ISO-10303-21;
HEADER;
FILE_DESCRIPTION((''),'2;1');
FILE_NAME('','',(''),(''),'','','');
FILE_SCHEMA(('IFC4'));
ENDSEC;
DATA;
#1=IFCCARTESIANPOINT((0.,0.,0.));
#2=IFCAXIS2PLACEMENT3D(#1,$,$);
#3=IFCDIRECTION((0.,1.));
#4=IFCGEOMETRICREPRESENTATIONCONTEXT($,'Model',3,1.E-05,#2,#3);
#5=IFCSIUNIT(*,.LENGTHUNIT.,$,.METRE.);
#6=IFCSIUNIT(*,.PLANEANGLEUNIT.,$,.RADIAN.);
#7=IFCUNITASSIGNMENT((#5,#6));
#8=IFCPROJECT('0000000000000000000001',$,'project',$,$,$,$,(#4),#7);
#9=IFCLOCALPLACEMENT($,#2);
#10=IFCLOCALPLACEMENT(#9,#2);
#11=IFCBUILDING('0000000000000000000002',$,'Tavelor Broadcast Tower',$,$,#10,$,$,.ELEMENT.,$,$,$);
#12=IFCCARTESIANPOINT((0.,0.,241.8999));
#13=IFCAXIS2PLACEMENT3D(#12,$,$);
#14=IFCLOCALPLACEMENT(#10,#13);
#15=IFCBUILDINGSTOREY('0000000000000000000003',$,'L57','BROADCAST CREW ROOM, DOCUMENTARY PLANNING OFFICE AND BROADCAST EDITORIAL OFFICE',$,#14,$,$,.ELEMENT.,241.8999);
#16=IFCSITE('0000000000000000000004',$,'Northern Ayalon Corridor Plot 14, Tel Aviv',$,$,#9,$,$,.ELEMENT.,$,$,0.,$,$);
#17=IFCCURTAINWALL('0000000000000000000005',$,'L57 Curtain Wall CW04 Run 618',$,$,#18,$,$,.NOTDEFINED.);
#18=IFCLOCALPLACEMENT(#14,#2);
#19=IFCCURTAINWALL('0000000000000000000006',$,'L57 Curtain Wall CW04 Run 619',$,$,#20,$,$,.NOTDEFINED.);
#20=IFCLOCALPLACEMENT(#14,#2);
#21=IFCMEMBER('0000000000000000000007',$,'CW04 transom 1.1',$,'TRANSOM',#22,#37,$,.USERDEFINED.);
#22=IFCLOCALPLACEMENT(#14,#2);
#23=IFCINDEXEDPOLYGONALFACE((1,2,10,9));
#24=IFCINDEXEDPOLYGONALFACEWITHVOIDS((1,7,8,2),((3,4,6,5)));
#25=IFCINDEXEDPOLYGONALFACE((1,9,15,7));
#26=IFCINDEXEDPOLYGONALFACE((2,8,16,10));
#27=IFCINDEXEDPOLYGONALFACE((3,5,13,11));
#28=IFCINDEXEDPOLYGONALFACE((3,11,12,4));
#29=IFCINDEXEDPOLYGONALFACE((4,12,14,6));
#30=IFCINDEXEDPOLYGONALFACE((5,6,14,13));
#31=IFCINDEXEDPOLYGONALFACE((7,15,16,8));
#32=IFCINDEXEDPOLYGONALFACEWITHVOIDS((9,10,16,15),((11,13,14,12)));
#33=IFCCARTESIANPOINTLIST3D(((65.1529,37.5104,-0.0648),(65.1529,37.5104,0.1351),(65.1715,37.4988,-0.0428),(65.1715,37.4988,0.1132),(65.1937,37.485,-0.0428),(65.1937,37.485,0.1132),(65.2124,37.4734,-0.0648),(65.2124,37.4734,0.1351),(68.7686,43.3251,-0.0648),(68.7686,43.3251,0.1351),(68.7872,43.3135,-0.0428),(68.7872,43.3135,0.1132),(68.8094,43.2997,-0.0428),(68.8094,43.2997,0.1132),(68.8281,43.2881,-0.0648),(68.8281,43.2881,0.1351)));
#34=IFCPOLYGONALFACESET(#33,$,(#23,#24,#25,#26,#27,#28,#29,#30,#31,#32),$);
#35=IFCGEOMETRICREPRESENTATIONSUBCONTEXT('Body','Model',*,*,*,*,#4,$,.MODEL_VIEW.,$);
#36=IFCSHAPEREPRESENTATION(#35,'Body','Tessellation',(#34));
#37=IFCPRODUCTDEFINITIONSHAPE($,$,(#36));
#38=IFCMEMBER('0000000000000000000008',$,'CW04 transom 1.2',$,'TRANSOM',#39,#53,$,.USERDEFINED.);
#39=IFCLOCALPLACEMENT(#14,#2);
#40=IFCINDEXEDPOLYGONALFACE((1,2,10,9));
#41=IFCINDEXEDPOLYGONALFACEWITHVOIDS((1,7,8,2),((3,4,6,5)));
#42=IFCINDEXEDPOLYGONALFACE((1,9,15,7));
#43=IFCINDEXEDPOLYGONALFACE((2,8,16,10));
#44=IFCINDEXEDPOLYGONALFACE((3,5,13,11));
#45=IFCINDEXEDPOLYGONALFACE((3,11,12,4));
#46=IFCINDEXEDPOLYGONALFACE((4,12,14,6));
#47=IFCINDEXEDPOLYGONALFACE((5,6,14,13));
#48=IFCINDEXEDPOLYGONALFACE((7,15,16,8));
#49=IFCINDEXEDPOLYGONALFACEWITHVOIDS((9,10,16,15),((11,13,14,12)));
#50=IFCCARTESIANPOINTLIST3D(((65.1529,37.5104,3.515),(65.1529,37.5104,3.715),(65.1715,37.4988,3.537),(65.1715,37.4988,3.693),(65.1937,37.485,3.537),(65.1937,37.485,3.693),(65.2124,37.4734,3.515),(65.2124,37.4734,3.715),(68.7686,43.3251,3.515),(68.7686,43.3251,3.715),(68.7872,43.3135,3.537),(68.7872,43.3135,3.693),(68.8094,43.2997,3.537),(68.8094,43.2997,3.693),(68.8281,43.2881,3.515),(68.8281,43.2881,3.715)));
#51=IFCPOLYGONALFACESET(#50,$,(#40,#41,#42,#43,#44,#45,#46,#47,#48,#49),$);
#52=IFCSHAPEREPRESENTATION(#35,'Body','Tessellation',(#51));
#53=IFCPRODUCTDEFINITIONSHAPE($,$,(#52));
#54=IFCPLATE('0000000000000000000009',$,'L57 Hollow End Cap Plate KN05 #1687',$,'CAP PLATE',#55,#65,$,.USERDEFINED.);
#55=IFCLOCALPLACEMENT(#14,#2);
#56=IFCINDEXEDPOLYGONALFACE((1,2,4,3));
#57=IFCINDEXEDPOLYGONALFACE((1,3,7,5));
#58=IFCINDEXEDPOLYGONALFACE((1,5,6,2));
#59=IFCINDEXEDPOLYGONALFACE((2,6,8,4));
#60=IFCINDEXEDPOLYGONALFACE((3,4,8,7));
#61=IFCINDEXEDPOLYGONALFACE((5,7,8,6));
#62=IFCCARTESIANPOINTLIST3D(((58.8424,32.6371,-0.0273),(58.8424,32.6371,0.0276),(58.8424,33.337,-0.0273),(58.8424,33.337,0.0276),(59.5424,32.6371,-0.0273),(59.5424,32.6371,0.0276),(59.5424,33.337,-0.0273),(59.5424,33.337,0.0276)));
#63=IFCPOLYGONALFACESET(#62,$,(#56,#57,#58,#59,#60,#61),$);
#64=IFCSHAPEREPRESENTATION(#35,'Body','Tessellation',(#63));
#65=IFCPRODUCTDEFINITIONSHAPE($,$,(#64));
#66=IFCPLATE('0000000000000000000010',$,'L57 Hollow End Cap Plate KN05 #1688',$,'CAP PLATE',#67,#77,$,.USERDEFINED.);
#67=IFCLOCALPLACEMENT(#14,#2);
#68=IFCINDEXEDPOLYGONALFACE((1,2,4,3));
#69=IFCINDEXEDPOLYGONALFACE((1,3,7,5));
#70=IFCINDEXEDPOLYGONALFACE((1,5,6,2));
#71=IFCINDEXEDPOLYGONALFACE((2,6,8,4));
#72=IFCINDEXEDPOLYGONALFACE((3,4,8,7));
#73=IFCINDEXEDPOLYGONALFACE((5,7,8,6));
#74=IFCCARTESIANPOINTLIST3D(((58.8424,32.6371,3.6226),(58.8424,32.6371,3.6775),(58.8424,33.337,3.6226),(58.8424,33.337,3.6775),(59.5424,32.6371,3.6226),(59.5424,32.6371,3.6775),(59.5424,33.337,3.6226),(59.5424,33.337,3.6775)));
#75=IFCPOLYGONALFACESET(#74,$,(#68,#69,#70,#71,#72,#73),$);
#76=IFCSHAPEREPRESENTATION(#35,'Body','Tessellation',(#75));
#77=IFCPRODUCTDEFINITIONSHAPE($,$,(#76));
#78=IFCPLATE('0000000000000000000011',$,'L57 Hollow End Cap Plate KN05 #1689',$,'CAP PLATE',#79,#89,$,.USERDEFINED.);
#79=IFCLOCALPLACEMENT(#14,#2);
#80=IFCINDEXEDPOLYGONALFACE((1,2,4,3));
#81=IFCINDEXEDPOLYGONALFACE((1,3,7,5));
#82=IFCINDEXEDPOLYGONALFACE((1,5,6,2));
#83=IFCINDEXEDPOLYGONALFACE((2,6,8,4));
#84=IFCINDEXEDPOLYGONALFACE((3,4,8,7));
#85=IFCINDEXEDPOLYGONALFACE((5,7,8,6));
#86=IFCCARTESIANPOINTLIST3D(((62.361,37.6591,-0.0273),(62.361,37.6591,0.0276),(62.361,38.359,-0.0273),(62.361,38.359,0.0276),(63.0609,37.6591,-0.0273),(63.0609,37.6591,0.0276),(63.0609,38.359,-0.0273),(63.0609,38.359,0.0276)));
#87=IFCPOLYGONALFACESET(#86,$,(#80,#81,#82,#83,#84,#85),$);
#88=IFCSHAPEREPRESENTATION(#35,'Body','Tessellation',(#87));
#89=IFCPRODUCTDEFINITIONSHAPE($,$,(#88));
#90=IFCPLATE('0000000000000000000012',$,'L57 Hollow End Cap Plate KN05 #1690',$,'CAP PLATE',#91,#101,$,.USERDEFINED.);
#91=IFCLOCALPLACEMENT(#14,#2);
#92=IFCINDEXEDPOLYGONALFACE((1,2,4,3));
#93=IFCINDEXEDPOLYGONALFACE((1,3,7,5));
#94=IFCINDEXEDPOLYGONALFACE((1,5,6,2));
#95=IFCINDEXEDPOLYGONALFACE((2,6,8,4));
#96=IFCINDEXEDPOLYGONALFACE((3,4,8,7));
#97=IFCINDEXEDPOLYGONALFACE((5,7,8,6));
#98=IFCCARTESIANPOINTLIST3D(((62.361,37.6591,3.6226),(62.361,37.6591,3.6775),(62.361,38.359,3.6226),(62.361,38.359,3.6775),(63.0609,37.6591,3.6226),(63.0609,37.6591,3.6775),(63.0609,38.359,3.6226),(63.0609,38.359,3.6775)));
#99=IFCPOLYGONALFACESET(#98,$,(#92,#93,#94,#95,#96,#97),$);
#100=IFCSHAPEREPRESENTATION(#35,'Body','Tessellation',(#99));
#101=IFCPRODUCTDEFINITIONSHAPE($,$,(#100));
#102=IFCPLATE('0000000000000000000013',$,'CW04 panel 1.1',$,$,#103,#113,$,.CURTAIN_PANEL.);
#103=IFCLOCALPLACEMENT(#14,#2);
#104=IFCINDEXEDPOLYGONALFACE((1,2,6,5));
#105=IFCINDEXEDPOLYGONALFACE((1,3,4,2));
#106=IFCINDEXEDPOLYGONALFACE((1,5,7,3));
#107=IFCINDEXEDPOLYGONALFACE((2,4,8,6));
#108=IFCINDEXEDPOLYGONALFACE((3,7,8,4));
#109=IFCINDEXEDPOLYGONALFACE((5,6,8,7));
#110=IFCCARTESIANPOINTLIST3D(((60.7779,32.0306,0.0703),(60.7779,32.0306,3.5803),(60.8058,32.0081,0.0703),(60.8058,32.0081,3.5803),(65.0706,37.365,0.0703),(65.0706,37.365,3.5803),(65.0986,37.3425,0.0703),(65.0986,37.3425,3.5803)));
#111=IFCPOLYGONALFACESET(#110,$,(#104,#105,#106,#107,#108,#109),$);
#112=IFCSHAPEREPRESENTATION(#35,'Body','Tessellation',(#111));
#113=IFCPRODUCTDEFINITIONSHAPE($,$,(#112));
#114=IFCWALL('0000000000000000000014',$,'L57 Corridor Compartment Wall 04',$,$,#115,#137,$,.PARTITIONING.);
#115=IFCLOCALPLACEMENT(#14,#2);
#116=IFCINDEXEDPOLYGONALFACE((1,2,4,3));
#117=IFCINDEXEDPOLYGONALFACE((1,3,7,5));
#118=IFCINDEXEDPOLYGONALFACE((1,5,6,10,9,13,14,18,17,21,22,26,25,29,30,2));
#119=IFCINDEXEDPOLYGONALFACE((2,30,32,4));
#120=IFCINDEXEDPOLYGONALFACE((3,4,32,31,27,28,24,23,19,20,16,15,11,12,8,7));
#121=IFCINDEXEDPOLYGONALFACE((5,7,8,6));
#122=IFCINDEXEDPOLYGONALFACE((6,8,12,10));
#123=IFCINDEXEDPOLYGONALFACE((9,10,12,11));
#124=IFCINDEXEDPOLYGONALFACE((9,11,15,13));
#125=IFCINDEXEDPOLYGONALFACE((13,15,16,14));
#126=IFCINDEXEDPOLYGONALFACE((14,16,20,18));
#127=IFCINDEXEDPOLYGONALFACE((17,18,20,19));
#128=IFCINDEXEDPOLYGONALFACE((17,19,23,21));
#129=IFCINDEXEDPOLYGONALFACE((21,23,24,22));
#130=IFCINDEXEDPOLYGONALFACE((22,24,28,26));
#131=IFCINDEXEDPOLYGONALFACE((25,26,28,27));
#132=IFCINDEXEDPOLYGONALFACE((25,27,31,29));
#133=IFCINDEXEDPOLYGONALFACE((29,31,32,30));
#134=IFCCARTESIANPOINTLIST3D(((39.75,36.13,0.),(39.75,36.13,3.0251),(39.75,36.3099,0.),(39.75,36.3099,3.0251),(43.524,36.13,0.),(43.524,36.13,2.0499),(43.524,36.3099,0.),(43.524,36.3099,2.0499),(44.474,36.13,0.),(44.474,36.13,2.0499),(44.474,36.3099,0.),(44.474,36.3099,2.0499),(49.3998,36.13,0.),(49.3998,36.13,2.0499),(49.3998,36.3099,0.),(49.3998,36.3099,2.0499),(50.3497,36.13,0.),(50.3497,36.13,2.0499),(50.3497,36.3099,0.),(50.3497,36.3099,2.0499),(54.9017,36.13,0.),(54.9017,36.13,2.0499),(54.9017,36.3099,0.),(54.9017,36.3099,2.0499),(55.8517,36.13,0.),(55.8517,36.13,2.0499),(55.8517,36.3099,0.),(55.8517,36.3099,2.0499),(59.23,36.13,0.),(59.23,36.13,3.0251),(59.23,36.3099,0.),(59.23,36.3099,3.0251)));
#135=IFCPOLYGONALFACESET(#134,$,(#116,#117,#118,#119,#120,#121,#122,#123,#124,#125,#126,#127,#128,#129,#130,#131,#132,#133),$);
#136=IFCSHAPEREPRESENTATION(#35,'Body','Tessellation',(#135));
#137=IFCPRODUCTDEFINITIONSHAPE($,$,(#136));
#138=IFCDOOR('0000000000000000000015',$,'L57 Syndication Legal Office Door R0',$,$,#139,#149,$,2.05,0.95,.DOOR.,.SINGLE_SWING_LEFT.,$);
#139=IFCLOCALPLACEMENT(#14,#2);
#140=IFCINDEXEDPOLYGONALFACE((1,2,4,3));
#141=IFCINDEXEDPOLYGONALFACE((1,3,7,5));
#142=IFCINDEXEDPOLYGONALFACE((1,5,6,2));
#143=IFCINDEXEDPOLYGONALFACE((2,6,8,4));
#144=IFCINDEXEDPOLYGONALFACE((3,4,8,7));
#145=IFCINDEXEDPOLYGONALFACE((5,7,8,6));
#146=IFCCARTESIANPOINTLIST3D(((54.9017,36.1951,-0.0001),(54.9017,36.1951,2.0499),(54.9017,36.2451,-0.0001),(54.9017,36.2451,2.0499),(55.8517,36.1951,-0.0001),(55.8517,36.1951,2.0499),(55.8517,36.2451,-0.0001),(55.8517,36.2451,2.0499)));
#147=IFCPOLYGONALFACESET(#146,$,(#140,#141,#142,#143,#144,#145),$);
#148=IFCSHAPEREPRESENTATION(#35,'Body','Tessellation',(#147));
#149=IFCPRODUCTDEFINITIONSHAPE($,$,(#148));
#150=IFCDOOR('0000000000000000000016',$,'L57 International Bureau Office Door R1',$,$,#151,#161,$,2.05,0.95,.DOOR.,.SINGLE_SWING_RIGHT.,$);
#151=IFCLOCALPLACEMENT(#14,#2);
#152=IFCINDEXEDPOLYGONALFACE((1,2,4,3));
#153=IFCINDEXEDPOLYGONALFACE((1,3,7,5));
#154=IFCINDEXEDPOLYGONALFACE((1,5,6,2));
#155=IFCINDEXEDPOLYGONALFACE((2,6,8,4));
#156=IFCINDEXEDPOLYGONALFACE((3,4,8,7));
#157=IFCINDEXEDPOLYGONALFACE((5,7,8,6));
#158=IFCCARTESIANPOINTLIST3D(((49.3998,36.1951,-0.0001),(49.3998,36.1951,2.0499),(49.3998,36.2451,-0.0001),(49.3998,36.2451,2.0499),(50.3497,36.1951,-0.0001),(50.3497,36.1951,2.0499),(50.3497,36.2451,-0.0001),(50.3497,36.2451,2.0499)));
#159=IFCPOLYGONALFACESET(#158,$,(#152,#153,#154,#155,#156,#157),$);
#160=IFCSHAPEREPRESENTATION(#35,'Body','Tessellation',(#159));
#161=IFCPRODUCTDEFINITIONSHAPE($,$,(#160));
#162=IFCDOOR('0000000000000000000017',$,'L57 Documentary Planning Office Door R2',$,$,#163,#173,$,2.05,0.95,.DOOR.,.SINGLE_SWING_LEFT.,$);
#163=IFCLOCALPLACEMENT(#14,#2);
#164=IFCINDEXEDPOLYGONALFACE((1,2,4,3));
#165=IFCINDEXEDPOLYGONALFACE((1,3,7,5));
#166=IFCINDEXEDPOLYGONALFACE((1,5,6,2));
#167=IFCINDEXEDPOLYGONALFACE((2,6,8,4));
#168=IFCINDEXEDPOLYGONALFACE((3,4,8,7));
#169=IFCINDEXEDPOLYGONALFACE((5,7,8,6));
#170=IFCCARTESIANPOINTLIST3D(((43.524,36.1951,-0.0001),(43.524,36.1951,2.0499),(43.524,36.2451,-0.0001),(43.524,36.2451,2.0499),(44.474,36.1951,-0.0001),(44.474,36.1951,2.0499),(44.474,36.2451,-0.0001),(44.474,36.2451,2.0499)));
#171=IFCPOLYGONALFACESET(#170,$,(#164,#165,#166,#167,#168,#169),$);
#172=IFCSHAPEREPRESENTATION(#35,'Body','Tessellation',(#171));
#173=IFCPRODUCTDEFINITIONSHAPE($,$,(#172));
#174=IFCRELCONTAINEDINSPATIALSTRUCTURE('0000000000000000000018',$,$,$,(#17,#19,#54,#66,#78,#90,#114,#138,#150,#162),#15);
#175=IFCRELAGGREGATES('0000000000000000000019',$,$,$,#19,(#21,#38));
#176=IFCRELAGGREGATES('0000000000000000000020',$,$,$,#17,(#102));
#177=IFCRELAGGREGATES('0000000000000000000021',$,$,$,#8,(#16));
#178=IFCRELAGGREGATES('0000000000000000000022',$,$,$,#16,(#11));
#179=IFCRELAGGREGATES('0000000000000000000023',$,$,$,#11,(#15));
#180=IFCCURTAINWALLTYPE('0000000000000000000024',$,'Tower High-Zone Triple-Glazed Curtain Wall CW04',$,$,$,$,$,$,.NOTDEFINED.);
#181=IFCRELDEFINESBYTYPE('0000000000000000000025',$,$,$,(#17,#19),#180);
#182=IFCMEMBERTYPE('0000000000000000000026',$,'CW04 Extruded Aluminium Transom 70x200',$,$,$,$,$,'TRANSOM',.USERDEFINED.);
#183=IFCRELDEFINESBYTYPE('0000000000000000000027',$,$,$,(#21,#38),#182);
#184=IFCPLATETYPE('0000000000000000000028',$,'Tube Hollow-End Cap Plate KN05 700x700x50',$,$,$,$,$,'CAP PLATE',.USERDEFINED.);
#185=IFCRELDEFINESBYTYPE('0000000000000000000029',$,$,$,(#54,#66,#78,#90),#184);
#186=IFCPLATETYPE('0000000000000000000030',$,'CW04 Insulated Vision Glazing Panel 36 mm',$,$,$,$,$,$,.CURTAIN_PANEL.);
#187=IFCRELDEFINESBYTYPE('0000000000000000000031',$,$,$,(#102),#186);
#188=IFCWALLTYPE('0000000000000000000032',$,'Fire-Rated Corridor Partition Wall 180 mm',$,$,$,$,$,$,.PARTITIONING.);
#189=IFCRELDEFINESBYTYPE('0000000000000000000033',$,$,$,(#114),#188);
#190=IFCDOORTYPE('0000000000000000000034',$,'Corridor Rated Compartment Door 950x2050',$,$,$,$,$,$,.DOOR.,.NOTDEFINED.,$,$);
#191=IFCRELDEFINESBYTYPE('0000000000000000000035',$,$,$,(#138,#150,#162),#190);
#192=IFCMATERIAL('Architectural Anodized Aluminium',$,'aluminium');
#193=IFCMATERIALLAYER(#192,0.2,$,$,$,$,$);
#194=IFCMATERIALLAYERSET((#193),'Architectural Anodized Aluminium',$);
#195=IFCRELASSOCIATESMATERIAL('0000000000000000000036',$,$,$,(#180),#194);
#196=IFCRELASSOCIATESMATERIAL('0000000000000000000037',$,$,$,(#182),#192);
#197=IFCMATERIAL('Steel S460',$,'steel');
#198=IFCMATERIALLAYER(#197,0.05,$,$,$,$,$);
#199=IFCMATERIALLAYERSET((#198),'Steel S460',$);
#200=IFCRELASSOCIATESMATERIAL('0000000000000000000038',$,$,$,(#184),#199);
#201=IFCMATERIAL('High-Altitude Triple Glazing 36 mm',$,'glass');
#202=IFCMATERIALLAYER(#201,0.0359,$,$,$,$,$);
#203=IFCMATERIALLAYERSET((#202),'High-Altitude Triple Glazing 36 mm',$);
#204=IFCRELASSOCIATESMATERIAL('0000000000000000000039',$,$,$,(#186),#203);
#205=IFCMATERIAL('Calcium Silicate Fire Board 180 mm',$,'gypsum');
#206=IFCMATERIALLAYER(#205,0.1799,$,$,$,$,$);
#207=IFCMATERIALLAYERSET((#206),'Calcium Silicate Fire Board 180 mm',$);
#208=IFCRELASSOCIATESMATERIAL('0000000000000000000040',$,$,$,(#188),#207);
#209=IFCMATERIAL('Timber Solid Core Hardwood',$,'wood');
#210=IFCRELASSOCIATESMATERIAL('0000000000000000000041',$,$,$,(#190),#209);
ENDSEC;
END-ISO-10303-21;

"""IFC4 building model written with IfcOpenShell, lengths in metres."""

from ifc_helpers import new_model, si_unit, direction, frame, frame_2d, origin, origin_2d, place, context, subcontext, project, spatial, rectangle, hollow_rectangle, extrude, source, transform, mapped, material, layer, layer_set, material_profile, profile_set, type_object, type_shapes, element, fill, aggregate, save


model = new_model("IFC4")

# Units and contexts
model_context = context("Model", 3, precision=1e-05, world=origin(), true_north=direction((0.0, 1.0)))
body_context = subcontext(model_context, "Body", "Model", "MODEL_VIEW")
ifc_project = project(units=[si_unit("LENGTHUNIT", "METRE"), si_unit("PLANEANGLEUNIT", "RADIAN")], contexts=[model_context])

# Site, building, storey
site_placement = place(None, origin())
site = spatial("IfcSite", under=ifc_project, at=site_placement, Name="Northern Ayalon Corridor Plot 14, Tel Aviv", CompositionType="ELEMENT", RefElevation=0.0)
building_placement = place(site_placement, origin())
building = spatial("IfcBuilding", under=site, at=building_placement, Name="Tavelor Broadcast Tower", CompositionType="ELEMENT")
storey_placement = place(building_placement, frame((0.0, 0.0, 241.8999)))
storey = spatial("IfcBuildingStorey", under=building, at=storey_placement, Name="L57", Description="BROADCAST CREW ROOM, DOCUMENTARY PLANNING OFFICE AND BROADCAST EDITORIAL OFFICE", CompositionType="ELEMENT", Elevation=241.8999)

# Shared definitions
ifc_material_1 = material(Name="Steel S460", Category="steel")

# Shared definitions
ifc_material_2 = material(Name="Architectural Anodized Aluminium", Category="aluminium")
ifc_layer_1 = layer(ifc_material_2, 0.2)
ifc_layer_set_1 = layer_set([ifc_layer_1], Name="Architectural Anodized Aluminium")
curtain_wall_type = type_object("IfcCurtainWallType", Name="Tower High-Zone Triple-Glazed Curtain Wall CW04", PredefinedType="NOTDEFINED", material=ifc_layer_set_1)

# Curtain wall
curtain_wall_1_placement = place(storey_placement, origin())
curtain_wall_1 = element("IfcCurtainWall", 1, at=curtain_wall_1_placement, inside=storey, type_object=curtain_wall_type, Name="L57 Curtain Wall CW04 Run 618", PredefinedType="NOTDEFINED")

# Curtain wall
curtain_wall_2_placement = place(storey_placement, origin())
curtain_wall_2 = element("IfcCurtainWall", 2, at=curtain_wall_2_placement, inside=storey, type_object=curtain_wall_type, Name="L57 Curtain Wall CW04 Run 619", PredefinedType="NOTDEFINED")

# Members
ifc_material_profile_1 = material_profile(ifc_material_2, hollow_rectangle(XDim=0.0701, YDim=0.2, WallThickness=0.022, at=origin_2d()), Name="RHS 70x200x22")
ifc_profile_set_1 = profile_set([ifc_material_profile_1], Name="Architectural Anodized Aluminium")
member_type_1 = type_object("IfcMemberType", Name="CW04 Extruded Aluminium Transom 70x200", ElementType="TRANSOM", PredefinedType="USERDEFINED", material=ifc_profile_set_1)
shared_shape_1 = source(origin(), body_context, "Body", "SweptSolid", [
    extrude(hollow_rectangle(XDim=0.0701, YDim=0.2, WallThickness=0.022, at=origin_2d()), origin(), (0.0, 0.0, 1.0), 6.8472),
])
type_shapes(member_type_1, [shared_shape_1])
member_1_placement = place(storey_placement, frame((65.1826, 37.4919, 0.0352), z_axis=(0.528059, 0.849208, 0.0), x_axis=(-0.849208, 0.528059, 0.0)))
member_1 = element("IfcMember", 3, at=member_1_placement, type_object=member_type_1, Name="CW04 transom 1.1", ObjectType="TRANSOM", PredefinedType="USERDEFINED", context=body_context, shape_type="MappedRepresentation", body=[
    mapped(shared_shape_1, transform((0.0, 0.0, 0.0), scale=1.0)),
])
member_2_placement = place(storey_placement, frame((65.1826, 37.4919, 3.615), z_axis=(0.528059, 0.849208, 0.0), x_axis=(-0.849208, 0.528059, 0.0)))
member_2 = element("IfcMember", 4, at=member_2_placement, type_object=member_type_1, Name="CW04 transom 1.2", ObjectType="TRANSOM", PredefinedType="USERDEFINED", context=body_context, shape_type="MappedRepresentation", body=[
    mapped(shared_shape_1, transform((0.0, 0.0, 0.0), scale=1.0)),
])
aggregate(curtain_wall_2, [member_1, member_2])

# Plates
ifc_layer_2 = layer(ifc_material_1, 0.05)
ifc_layer_set_2 = layer_set([ifc_layer_2], Name="Steel S460")
plate_type_1 = type_object("IfcPlateType", Name="Tube Hollow-End Cap Plate KN05 700x700x50", ElementType="CAP PLATE", PredefinedType="USERDEFINED", material=ifc_layer_set_2)
shared_shape_2 = source(origin(), body_context, "Body", "SweptSolid", [
    extrude(rectangle(XDim=0.7, YDim=0.7, at=origin_2d()), origin(), (0.0, 0.0, 1.0), 0.0549),
])
type_shapes(plate_type_1, [shared_shape_2])
for number, where, z_axis, x_axis, name in (
    (5, (59.1924, 32.9871, -0.0273), (0.0, 0.0, 1.0), (1.0, 0.0, 0.0), "L57 Hollow End Cap Plate KN05 #1687"),
    (6, (59.1924, 32.9871, 3.6226), (0.0, 0.0, 1.0), (1.0, 0.0, 0.0), "L57 Hollow End Cap Plate KN05 #1688"),
    (7, (62.7109, 38.009, -0.0273), (0.0, 0.0, 1.0), (1.0, 0.0, 0.0), "L57 Hollow End Cap Plate KN05 #1689"),
    (8, (62.7109, 38.009, 3.6226), (0.0, 0.0, 1.0), (1.0, 0.0, 0.0), "L57 Hollow End Cap Plate KN05 #1690"),
):
    element("IfcPlate", number, at=place(storey_placement, frame(where, z_axis=z_axis, x_axis=x_axis)), inside=storey, type_object=plate_type_1, Name=name, ObjectType="CAP PLATE", PredefinedType="USERDEFINED", context=body_context, shape_type="MappedRepresentation", body=[
        mapped(shared_shape_2, transform((0.0, 0.0, 0.0), scale=1.0)),
    ])

# Plate
ifc_material_3 = material(Name="High-Altitude Triple Glazing 36 mm", Category="glass")
ifc_layer_3 = layer(ifc_material_3, 0.0359)
ifc_layer_set_3 = layer_set([ifc_layer_3], Name="High-Altitude Triple Glazing 36 mm")
plate_type_2 = type_object("IfcPlateType", Name="CW04 Insulated Vision Glazing Panel 36 mm", PredefinedType="CURTAIN_PANEL", material=ifc_layer_set_3)
shared_shape_3 = source(origin(), body_context, "Body", "SweptSolid", [
    extrude(rectangle(XDim=6.8472, YDim=0.0359, at=origin_2d()), origin(), (0.0, 0.0, 1.0), 3.51),
])
type_shapes(plate_type_2, [shared_shape_3])
plate_placement = place(storey_placement, frame((62.9382, 34.6865, 0.0703), z_axis=(0.0, 0.0, 1.0), x_axis=(0.626935, 0.779071, 0.0)))
plate = element("IfcPlate", 9, at=plate_placement, type_object=plate_type_2, Name="CW04 panel 1.1", PredefinedType="CURTAIN_PANEL", context=body_context, shape_type="MappedRepresentation", body=[
    mapped(shared_shape_3, transform((0.0, 0.0, 0.0), scale=1.0)),
])
aggregate(curtain_wall_1, [plate])

# Wall, openings, doors
ifc_material_4 = material(Name="Calcium Silicate Fire Board 180 mm", Category="gypsum")
ifc_layer_4 = layer(ifc_material_4, 0.1799)
ifc_layer_set_4 = layer_set([ifc_layer_4], Name="Calcium Silicate Fire Board 180 mm")
wall_type_1 = type_object("IfcWallType", Name="Fire-Rated Corridor Partition Wall 180 mm", PredefinedType="PARTITIONING", material=ifc_layer_set_4)
wall_1_placement = place(storey_placement, frame((59.23, 36.22, 0.0), z_axis=(0.0, 0.0, 1.0), x_axis=(-1.0, 0.0, 0.0)))
wall_1 = element("IfcWall", 10, at=wall_1_placement, inside=storey, type_object=wall_type_1, Name="L57 Corridor Compartment Wall 04", PredefinedType="PARTITIONING", context=body_context, shape_type="SweptSolid", body=[
    extrude(rectangle(XDim=19.48, YDim=0.1799, at=frame_2d((9.74, 0.0))), origin(), (0.0, 0.0, 1.0), 3.0251),
])
opening_1_placement = place(wall_1_placement, frame((3.3782, 0.0, 0.0)))
opening_1 = element("IfcOpeningElement", 11, at=opening_1_placement, cuts=wall_1, PredefinedType="OPENING", context=body_context, shape_type="SweptSolid", body=[
    extrude(rectangle(XDim=0.95, YDim=2.05, at=frame_2d((0.4751, 1.0249))), frame((0.0, 0.1001, 0.0), z_axis=(0.0, -1.0, 0.0), x_axis=(1.0, 0.0, 0.0)), (0.0, 0.0, 1.0), 0.2),
])
opening_2_placement = place(wall_1_placement, frame((8.8801, 0.0, 0.0)))
opening_2 = element("IfcOpeningElement", 12, at=opening_2_placement, cuts=wall_1, PredefinedType="OPENING", context=body_context, shape_type="SweptSolid", body=[
    extrude(rectangle(XDim=0.95, YDim=2.05, at=frame_2d((0.4751, 1.0249))), frame((0.0, 0.1001, 0.0), z_axis=(0.0, -1.0, 0.0), x_axis=(1.0, 0.0, 0.0)), (0.0, 0.0, 1.0), 0.2),
])
opening_3_placement = place(wall_1_placement, frame((14.7559, 0.0, 0.0)))
opening_3 = element("IfcOpeningElement", 13, at=opening_3_placement, cuts=wall_1, PredefinedType="OPENING", context=body_context, shape_type="SweptSolid", body=[
    extrude(rectangle(XDim=0.95, YDim=2.05, at=frame_2d((0.4751, 1.0249))), frame((0.0, 0.1001, 0.0), z_axis=(0.0, -1.0, 0.0), x_axis=(1.0, 0.0, 0.0)), (0.0, 0.0, 1.0), 0.2),
])
ifc_material_5 = material(Name="Timber Solid Core Hardwood", Category="wood")
door_type = type_object("IfcDoorType", Name="Corridor Rated Compartment Door 950x2050", OperationType="NOTDEFINED", PredefinedType="DOOR", material=ifc_material_5)
door_1_placement = place(opening_1_placement, origin())
door_1 = element("IfcDoor", 14, at=door_1_placement, inside=storey, type_object=door_type, Name="L57 Syndication Legal Office Door R0", OperationType="SINGLE_SWING_LEFT", OverallHeight=2.05, OverallWidth=0.95, PredefinedType="DOOR", context=body_context, shape_type="SweptSolid", body=[
    extrude(rectangle(XDim=0.95, YDim=2.05, at=frame_2d((0.4751, 1.0249))), frame((0.0, 0.0249, 0.0), z_axis=(0.0, -1.0, 0.0), x_axis=(1.0, 0.0, 0.0)), (0.0, 0.0, 1.0), 0.05),
])
fill(opening_1, door_1)
door_2_placement = place(opening_2_placement, origin())
door_2 = element("IfcDoor", 15, at=door_2_placement, inside=storey, type_object=door_type, Name="L57 International Bureau Office Door R1", OperationType="SINGLE_SWING_RIGHT", OverallHeight=2.05, OverallWidth=0.95, PredefinedType="DOOR", context=body_context, shape_type="SweptSolid", body=[
    extrude(rectangle(XDim=0.95, YDim=2.05, at=frame_2d((0.4751, 1.0249))), frame((0.0, 0.0249, 0.0), z_axis=(0.0, -1.0, 0.0), x_axis=(1.0, 0.0, 0.0)), (0.0, 0.0, 1.0), 0.05),
])
fill(opening_2, door_2)
door_3_placement = place(opening_3_placement, origin())
door_3 = element("IfcDoor", 16, at=door_3_placement, inside=storey, type_object=door_type, Name="L57 Documentary Planning Office Door R2", OperationType="SINGLE_SWING_LEFT", OverallHeight=2.05, OverallWidth=0.95, PredefinedType="DOOR", context=body_context, shape_type="SweptSolid", body=[
    extrude(rectangle(XDim=0.95, YDim=2.05, at=frame_2d((0.4751, 1.0249))), frame((0.0, 0.0249, 0.0), z_axis=(0.0, -1.0, 0.0), x_axis=(1.0, 0.0, 0.0)), (0.0, 0.0, 1.0), 0.05),
])
fill(opening_3, door_3)

save(model, "model.ifc")
